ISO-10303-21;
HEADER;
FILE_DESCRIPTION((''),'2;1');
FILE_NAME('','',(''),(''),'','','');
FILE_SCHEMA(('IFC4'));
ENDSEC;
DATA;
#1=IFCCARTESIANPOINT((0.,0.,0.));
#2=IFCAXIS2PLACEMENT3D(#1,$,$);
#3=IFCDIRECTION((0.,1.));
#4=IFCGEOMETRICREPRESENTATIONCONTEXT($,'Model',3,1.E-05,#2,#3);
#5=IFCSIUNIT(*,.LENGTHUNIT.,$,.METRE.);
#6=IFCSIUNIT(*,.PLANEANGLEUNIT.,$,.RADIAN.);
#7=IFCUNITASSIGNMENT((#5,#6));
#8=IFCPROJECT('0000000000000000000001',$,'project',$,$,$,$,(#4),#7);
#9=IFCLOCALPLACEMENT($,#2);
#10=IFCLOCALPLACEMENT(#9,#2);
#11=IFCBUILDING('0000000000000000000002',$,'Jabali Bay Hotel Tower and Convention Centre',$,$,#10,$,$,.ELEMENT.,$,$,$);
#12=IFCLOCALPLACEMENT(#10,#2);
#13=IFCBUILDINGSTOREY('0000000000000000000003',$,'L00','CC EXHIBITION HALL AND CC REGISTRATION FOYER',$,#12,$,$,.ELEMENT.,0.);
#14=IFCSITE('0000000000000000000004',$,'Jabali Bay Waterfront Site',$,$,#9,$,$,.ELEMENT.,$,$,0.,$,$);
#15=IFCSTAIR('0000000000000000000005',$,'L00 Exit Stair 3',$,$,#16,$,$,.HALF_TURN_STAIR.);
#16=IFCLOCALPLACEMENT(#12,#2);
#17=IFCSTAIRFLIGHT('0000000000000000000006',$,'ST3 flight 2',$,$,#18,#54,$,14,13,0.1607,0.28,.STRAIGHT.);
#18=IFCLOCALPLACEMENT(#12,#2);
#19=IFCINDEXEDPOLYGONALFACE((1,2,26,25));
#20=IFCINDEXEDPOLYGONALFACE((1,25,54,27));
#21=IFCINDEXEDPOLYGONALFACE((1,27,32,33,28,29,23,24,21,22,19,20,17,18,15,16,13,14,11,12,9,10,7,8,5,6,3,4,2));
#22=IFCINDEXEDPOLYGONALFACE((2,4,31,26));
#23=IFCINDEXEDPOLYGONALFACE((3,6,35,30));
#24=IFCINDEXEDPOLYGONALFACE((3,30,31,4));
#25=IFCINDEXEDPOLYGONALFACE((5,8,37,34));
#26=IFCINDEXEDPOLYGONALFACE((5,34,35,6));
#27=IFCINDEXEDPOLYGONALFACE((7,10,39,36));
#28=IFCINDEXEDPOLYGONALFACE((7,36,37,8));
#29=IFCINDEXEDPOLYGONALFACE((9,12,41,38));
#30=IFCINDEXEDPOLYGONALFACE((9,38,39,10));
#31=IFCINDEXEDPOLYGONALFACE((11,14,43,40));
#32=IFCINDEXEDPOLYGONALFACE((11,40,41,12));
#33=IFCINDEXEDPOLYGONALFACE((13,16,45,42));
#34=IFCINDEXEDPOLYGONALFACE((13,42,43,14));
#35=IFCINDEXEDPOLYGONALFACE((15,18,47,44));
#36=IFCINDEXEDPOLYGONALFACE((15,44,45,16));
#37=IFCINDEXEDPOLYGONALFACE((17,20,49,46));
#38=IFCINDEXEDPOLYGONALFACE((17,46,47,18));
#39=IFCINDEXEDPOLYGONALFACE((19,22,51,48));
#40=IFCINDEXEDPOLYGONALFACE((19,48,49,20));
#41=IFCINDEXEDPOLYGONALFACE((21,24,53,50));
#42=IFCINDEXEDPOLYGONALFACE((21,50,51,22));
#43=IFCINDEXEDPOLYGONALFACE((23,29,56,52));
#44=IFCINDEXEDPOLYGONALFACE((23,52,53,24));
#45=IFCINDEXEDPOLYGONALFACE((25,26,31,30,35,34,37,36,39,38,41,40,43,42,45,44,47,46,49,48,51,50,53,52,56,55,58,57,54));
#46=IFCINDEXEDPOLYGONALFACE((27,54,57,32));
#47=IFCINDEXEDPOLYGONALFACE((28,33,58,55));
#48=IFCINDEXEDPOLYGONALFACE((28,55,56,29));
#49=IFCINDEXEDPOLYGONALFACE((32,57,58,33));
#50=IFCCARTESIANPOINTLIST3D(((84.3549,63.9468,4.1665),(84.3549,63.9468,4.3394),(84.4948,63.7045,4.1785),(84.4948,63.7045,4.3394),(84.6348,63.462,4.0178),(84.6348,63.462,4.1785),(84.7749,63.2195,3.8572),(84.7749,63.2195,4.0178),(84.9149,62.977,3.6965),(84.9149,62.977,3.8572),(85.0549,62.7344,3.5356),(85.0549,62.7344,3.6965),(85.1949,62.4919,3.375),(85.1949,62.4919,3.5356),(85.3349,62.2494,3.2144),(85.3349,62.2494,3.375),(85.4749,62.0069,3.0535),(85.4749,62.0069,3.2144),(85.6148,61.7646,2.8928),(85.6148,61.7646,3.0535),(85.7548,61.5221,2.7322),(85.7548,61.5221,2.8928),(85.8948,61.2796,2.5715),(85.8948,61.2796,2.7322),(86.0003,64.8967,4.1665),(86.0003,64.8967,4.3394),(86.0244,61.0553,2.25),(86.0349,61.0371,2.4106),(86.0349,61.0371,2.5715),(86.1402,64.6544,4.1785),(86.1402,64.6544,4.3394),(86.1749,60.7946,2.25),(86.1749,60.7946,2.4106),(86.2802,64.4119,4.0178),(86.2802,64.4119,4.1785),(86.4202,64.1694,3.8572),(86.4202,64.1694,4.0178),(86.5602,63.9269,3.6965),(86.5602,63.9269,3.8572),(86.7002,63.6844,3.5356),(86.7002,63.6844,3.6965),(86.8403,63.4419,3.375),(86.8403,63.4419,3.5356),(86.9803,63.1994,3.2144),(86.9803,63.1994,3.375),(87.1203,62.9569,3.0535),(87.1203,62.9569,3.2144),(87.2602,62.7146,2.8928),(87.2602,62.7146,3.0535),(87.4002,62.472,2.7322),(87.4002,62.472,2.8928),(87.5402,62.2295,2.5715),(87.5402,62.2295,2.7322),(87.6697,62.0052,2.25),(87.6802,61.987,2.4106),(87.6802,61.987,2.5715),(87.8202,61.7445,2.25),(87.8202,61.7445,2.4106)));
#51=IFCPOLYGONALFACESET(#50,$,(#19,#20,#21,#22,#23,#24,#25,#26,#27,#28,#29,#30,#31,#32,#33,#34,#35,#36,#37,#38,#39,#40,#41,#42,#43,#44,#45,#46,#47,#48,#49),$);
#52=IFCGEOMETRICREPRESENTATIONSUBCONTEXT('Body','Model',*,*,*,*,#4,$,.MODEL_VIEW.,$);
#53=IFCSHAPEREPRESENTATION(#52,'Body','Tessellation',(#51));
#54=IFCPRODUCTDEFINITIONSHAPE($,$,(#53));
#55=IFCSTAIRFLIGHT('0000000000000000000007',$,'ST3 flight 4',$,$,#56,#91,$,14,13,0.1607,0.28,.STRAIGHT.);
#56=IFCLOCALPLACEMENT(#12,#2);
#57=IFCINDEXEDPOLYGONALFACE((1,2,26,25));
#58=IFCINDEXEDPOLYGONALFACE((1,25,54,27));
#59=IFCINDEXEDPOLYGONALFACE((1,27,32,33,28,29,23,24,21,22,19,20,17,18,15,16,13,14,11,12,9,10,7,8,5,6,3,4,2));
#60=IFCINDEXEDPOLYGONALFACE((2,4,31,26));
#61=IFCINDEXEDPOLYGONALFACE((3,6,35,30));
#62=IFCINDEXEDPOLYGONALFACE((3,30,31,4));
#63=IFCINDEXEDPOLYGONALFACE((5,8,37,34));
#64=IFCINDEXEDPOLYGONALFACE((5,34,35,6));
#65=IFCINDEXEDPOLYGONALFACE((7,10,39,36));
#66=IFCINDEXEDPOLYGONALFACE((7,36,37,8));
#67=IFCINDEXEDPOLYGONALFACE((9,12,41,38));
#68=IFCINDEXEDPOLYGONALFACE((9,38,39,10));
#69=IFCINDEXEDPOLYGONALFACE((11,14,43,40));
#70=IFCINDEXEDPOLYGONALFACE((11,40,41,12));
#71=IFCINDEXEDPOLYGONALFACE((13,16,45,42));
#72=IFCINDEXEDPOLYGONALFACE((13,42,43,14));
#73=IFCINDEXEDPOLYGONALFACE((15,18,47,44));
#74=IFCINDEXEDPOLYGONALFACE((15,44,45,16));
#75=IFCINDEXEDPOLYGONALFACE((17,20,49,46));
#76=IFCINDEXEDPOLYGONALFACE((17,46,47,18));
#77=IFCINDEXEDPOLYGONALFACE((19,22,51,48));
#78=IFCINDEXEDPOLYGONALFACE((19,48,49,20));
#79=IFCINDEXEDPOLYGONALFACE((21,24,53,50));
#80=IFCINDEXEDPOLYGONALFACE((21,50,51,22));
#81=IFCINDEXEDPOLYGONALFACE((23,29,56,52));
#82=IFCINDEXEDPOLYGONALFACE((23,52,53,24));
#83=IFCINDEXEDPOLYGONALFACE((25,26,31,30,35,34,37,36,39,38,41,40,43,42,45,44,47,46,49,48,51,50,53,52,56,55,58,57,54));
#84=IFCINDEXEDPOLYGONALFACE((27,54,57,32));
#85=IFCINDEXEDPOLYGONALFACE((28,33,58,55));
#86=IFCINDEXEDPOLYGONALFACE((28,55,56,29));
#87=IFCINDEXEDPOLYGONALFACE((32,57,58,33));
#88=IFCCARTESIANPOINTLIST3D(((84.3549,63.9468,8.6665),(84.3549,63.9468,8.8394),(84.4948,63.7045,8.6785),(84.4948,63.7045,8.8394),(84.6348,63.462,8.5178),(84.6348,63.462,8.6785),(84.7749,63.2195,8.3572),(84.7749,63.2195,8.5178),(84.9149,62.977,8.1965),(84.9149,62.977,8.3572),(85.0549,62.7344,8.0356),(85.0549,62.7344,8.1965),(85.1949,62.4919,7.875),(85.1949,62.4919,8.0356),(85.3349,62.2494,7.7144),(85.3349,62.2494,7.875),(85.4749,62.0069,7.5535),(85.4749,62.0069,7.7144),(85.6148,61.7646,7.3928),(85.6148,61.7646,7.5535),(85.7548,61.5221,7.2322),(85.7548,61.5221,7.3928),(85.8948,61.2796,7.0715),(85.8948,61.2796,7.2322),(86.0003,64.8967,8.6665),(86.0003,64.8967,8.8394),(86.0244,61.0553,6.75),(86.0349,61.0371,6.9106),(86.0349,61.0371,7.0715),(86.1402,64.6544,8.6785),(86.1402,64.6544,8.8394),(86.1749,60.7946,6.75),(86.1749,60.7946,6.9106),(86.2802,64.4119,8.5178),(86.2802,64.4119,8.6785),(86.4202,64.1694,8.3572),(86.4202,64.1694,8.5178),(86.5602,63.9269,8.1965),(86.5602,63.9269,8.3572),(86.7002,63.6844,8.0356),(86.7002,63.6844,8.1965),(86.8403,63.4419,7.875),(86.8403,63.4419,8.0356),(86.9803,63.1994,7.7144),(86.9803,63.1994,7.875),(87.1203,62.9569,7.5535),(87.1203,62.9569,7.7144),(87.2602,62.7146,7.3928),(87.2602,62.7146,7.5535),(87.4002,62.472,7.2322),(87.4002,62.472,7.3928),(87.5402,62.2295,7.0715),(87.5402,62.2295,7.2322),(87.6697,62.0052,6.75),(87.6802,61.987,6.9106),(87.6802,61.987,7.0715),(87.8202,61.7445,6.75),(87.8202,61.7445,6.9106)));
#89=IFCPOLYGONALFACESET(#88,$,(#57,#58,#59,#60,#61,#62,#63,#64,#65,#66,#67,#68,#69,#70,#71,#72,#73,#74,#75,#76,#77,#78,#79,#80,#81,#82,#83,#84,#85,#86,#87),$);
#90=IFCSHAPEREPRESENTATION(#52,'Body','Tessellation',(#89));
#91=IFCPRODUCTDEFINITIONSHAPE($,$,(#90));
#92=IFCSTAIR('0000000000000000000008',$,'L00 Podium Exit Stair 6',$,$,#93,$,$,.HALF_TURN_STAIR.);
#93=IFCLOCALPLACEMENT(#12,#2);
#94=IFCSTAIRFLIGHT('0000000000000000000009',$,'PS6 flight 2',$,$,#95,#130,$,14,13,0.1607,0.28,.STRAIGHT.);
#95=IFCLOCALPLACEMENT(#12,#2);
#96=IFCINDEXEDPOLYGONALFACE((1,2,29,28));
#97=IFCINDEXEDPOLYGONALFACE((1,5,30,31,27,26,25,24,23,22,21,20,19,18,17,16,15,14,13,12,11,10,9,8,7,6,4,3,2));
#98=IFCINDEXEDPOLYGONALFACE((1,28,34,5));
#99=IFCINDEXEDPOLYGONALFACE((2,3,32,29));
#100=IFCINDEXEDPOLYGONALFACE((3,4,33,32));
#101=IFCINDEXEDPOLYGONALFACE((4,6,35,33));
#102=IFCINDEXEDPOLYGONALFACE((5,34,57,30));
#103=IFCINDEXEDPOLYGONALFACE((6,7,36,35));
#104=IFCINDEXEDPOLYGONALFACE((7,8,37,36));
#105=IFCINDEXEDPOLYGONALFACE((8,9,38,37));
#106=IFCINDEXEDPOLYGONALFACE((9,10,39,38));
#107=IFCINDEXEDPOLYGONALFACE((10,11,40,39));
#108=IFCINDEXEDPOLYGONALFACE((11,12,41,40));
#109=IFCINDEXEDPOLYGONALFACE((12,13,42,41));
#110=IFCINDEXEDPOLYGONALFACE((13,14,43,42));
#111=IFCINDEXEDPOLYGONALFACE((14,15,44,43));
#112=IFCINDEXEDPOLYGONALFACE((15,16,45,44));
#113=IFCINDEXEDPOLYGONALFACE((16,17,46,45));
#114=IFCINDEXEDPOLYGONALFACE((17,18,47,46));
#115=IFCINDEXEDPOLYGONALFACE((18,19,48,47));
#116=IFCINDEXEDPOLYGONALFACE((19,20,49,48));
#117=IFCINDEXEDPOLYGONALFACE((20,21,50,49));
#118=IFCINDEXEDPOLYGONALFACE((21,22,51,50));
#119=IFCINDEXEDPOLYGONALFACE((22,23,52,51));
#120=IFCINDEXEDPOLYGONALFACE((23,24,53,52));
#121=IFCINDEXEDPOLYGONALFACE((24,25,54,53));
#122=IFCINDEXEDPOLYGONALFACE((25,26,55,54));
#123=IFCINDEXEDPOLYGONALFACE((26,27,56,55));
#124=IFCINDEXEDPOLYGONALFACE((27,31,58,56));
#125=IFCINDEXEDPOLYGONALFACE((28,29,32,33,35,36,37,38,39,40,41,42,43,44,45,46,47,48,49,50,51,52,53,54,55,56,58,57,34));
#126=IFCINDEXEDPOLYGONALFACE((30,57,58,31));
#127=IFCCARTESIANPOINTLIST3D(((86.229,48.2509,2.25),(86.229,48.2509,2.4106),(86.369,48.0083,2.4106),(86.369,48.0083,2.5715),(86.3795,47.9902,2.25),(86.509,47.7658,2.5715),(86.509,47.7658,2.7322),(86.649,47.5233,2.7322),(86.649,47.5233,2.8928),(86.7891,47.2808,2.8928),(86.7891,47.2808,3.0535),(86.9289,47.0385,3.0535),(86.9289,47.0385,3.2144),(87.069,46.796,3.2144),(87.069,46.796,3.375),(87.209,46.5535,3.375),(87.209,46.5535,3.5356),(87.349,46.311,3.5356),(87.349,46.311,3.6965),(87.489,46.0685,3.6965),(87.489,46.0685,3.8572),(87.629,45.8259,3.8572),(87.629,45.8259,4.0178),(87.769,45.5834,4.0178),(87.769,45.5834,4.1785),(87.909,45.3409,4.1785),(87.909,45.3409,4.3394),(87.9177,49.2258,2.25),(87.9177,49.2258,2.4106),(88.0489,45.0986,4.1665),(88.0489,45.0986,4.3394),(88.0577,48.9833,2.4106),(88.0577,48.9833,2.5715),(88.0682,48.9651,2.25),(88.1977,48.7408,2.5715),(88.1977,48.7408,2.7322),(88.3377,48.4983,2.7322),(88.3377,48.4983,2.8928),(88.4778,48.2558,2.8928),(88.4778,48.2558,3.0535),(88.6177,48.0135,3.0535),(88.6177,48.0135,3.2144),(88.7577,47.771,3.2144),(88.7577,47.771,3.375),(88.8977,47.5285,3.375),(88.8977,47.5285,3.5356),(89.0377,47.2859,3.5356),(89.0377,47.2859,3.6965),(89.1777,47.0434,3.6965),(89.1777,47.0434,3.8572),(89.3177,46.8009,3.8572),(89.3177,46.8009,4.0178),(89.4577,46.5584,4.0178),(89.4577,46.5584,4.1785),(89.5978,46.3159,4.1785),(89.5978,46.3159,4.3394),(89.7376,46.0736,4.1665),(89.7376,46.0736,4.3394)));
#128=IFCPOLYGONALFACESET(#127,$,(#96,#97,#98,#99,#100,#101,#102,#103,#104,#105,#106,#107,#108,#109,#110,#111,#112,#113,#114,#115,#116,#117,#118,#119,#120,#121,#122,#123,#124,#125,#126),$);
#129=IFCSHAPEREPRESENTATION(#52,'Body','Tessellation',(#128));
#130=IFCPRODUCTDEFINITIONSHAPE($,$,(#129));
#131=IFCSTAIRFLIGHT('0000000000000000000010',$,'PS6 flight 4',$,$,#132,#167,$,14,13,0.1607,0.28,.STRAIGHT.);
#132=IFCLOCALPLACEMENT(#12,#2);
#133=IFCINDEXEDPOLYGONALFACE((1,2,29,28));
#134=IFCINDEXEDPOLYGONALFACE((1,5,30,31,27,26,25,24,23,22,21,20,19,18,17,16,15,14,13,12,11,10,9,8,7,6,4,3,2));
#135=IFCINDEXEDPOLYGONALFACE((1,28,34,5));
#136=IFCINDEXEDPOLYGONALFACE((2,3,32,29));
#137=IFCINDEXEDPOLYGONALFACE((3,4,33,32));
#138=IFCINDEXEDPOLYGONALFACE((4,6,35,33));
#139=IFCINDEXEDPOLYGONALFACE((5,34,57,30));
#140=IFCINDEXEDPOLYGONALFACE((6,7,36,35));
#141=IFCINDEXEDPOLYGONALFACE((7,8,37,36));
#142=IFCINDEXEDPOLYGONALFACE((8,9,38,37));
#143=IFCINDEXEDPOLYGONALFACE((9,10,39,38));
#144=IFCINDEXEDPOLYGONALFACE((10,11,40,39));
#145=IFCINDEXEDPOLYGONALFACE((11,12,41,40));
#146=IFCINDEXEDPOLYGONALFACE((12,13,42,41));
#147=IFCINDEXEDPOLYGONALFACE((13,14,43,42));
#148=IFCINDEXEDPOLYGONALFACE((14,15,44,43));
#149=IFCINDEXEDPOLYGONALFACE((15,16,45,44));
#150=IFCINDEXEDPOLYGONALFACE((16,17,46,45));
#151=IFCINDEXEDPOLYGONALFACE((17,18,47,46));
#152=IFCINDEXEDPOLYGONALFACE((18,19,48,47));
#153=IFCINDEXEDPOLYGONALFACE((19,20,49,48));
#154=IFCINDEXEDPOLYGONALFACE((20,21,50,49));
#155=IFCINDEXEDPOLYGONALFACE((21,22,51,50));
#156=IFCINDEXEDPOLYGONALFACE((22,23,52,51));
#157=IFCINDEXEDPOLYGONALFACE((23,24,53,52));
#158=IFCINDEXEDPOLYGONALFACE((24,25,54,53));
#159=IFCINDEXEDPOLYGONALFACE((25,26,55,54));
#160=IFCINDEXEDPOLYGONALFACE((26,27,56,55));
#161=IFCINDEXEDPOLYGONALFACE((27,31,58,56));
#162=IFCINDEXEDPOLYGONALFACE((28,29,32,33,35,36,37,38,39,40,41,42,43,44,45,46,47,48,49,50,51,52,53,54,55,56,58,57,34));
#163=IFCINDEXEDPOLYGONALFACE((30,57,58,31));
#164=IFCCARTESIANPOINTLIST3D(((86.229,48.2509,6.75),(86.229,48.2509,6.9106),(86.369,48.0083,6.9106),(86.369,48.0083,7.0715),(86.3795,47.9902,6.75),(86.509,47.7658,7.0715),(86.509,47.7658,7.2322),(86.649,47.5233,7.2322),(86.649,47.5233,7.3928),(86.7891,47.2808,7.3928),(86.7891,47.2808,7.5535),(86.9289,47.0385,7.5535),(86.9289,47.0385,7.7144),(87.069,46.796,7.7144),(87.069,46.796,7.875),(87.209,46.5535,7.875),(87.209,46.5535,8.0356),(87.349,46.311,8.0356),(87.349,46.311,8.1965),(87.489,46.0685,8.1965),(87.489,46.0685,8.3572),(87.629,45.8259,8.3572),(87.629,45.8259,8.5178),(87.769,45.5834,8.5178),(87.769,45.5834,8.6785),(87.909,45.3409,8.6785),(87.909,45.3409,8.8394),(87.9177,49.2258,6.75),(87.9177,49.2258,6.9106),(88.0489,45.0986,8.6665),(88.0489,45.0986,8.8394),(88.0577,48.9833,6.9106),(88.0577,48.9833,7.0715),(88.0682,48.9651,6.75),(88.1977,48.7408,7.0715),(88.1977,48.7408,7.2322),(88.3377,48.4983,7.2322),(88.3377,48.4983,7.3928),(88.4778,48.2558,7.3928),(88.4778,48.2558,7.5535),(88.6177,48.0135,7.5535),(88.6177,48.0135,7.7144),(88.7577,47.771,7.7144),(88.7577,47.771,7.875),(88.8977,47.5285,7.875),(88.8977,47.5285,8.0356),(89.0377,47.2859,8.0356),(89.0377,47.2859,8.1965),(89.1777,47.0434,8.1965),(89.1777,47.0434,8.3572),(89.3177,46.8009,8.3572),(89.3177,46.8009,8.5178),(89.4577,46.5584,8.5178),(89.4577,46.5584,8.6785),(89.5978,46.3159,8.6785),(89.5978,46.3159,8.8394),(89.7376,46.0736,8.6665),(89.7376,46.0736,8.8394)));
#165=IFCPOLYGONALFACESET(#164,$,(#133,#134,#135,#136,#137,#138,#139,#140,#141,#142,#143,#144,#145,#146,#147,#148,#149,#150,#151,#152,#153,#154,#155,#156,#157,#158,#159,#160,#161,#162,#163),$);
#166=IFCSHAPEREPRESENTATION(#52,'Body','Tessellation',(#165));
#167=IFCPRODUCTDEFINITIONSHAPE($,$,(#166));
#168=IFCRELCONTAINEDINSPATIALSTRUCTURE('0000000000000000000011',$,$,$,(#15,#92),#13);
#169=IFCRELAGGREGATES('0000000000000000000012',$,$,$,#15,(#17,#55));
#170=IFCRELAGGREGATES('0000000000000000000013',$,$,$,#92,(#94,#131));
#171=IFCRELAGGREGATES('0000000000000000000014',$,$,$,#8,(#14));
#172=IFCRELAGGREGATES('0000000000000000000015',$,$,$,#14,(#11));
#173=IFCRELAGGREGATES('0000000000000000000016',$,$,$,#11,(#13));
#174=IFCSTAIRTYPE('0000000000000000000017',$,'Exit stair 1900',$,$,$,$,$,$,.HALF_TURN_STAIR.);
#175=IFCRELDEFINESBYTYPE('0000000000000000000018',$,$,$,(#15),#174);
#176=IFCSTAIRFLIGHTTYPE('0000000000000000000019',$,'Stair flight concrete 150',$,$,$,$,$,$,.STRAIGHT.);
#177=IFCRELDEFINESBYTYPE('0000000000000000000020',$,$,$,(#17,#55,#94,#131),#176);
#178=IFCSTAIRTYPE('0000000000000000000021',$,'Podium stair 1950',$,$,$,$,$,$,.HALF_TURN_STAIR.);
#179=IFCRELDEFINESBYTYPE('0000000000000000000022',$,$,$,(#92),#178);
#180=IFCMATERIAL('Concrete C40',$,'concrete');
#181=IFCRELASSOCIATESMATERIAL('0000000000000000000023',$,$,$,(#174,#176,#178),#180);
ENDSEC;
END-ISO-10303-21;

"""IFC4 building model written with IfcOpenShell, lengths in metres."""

from ifc_helpers import new_model, si_unit, direction, frame, origin, place, context, subcontext, project, spatial, polyline, outline, extrude, material, type_object, element, aggregate, save


model = new_model("IFC4")

# Units and contexts
model_context = context("Model", 3, precision=1e-05, world=origin(), true_north=direction((0.0, 1.0)))
body_context = subcontext(model_context, "Body", "Model", "MODEL_VIEW")
ifc_project = project(units=[si_unit("LENGTHUNIT", "METRE"), si_unit("PLANEANGLEUNIT", "RADIAN")], contexts=[model_context])

# Site, building, storey
site_placement = place(None, origin())
site = spatial("IfcSite", under=ifc_project, at=site_placement, Name="Jabali Bay Waterfront Site", CompositionType="ELEMENT", RefElevation=0.0)
building_placement = place(site_placement, origin())
building = spatial("IfcBuilding", under=site, at=building_placement, Name="Jabali Bay Hotel Tower and Convention Centre", CompositionType="ELEMENT")
storey_placement = place(building_placement, origin())
storey = spatial("IfcBuildingStorey", under=building, at=storey_placement, Name="L00", Description="CC EXHIBITION HALL AND CC REGISTRATION FOYER", CompositionType="ELEMENT", Elevation=0.0)

# Shared definitions
ifc_material_1 = material(Name="Concrete C40", Category="concrete")

# Stairs, stair flights
stair_type_1 = type_object("IfcStairType", Name="Exit stair 1900", PredefinedType="HALF_TURN_STAIR", material=ifc_material_1)
stair_1_placement = place(storey_placement, origin())
stair_1 = element("IfcStair", 1, at=stair_1_placement, inside=storey, type_object=stair_type_1, Name="L00 Exit Stair 3", PredefinedType="HALF_TURN_STAIR")
stair_flight_type = type_object("IfcStairFlightType", Name="Stair flight concrete 150", PredefinedType="STRAIGHT", material=ifc_material_1)
stair_flight_1_placement = place(storey_placement, frame((86.9976, 61.2695, 2.25), z_axis=(0.0, 0.0, 1.0), x_axis=(-0.5, 0.866025, 0.0)))
stair_flight_1 = element("IfcStairFlight", 2, at=stair_flight_1_placement, type_object=stair_flight_type, Name="ST3 flight 2", NumberOfRisers=14, NumberOfTreads=13, PredefinedType="STRAIGHT", RiserHeight=0.1607, TreadLength=0.28, context=body_context, shape_type="SweptSolid", body=[
    extrude(outline(polyline([(0.0, 0.0), (0.0, 0.1606), (0.28, 0.1606), (0.28, 0.3215), (0.5601, 0.3215), (0.5601, 0.4822), (0.8401, 0.4822), (0.8401, 0.6428), (1.1201, 0.6428), (1.1201, 0.8035), (1.3999, 0.8035), (1.3999, 0.9644), (1.6799, 0.9644), (1.6799, 1.125), (1.96, 1.125), (1.96, 1.2856), (2.24, 1.2856), (2.24, 1.4465), (2.52, 1.4465), (2.52, 1.6072), (2.8, 1.6072), (2.8, 1.7678), (3.0801, 1.7678), (3.0801, 1.9285), (3.3601, 1.9285), (3.3601, 2.0894), (3.6399, 2.0894), (3.6399, 2.25), (3.6399, 1.9165), (0.301, 0.0), (0.0, 0.0)])), frame((0.0, 0.95, 0.0), z_axis=(0.0, -1.0, 0.0), x_axis=(1.0, 0.0, 0.0)), (0.0, 0.0, 1.0), 1.8999),
])
stair_flight_2_placement = place(storey_placement, frame((86.9976, 61.2695, 6.75), z_axis=(0.0, 0.0, 1.0), x_axis=(-0.5, 0.866025, 0.0)))
stair_flight_2 = element("IfcStairFlight", 3, at=stair_flight_2_placement, type_object=stair_flight_type, Name="ST3 flight 4", NumberOfRisers=14, NumberOfTreads=13, PredefinedType="STRAIGHT", RiserHeight=0.1607, TreadLength=0.28, context=body_context, shape_type="SweptSolid", body=[
    extrude(outline(polyline([(0.0, 0.0), (0.0, 0.1606), (0.28, 0.1606), (0.28, 0.3215), (0.5601, 0.3215), (0.5601, 0.4822), (0.8401, 0.4822), (0.8401, 0.6428), (1.1201, 0.6428), (1.1201, 0.8035), (1.3999, 0.8035), (1.3999, 0.9644), (1.6799, 0.9644), (1.6799, 1.125), (1.96, 1.125), (1.96, 1.2856), (2.24, 1.2856), (2.24, 1.4465), (2.52, 1.4465), (2.52, 1.6072), (2.8, 1.6072), (2.8, 1.7678), (3.0801, 1.7678), (3.0801, 1.9285), (3.3601, 1.9285), (3.3601, 2.0894), (3.6399, 2.0894), (3.6399, 2.25), (3.6399, 1.9165), (0.301, 0.0), (0.0, 0.0)])), frame((0.0, 0.95, 0.0), z_axis=(0.0, -1.0, 0.0), x_axis=(1.0, 0.0, 0.0)), (0.0, 0.0, 1.0), 1.8999),
])
aggregate(stair_1, [stair_flight_1, stair_flight_2])
stair_type_2 = type_object("IfcStairType", Name="Podium stair 1950", PredefinedType="HALF_TURN_STAIR", material=ifc_material_1)
stair_2_placement = place(storey_placement, origin())
stair_2 = element("IfcStair", 4, at=stair_2_placement, inside=storey, type_object=stair_type_2, Name="L00 Podium Exit Stair 6", PredefinedType="HALF_TURN_STAIR")
stair_flight_3_placement = place(storey_placement, frame((87.0732, 48.7383, 2.25), z_axis=(0.0, 0.0, 1.0), x_axis=(0.5, -0.866025, 0.0)))
stair_flight_3 = element("IfcStairFlight", 5, at=stair_flight_3_placement, type_object=stair_flight_type, Name="PS6 flight 2", NumberOfRisers=14, NumberOfTreads=13, PredefinedType="STRAIGHT", RiserHeight=0.1607, TreadLength=0.28, context=body_context, shape_type="SweptSolid", body=[
    extrude(outline(polyline([(0.0, 0.0), (0.0, 0.1606), (0.28, 0.1606), (0.28, 0.3215), (0.5601, 0.3215), (0.5601, 0.4822), (0.8401, 0.4822), (0.8401, 0.6428), (1.1201, 0.6428), (1.1201, 0.8035), (1.3999, 0.8035), (1.3999, 0.9644), (1.6799, 0.9644), (1.6799, 1.125), (1.96, 1.125), (1.96, 1.2856), (2.24, 1.2856), (2.24, 1.4465), (2.52, 1.4465), (2.52, 1.6072), (2.8, 1.6072), (2.8, 1.7678), (3.0801, 1.7678), (3.0801, 1.9285), (3.3601, 1.9285), (3.3601, 2.0894), (3.6399, 2.0894), (3.6399, 2.25), (3.6399, 1.9165), (0.301, 0.0), (0.0, 0.0)])), frame((0.0, 0.9751, 0.0), z_axis=(0.0, -1.0, 0.0), x_axis=(1.0, 0.0, 0.0)), (0.0, 0.0, 1.0), 1.95),
])
stair_flight_4_placement = place(storey_placement, frame((87.0732, 48.7383, 6.75), z_axis=(0.0, 0.0, 1.0), x_axis=(0.5, -0.866025, 0.0)))
stair_flight_4 = element("IfcStairFlight", 6, at=stair_flight_4_placement, type_object=stair_flight_type, Name="PS6 flight 4", NumberOfRisers=14, NumberOfTreads=13, PredefinedType="STRAIGHT", RiserHeight=0.1607, TreadLength=0.28, context=body_context, shape_type="SweptSolid", body=[
    extrude(outline(polyline([(0.0, 0.0), (0.0, 0.1606), (0.28, 0.1606), (0.28, 0.3215), (0.5601, 0.3215), (0.5601, 0.4822), (0.8401, 0.4822), (0.8401, 0.6428), (1.1201, 0.6428), (1.1201, 0.8035), (1.3999, 0.8035), (1.3999, 0.9644), (1.6799, 0.9644), (1.6799, 1.125), (1.96, 1.125), (1.96, 1.2856), (2.24, 1.2856), (2.24, 1.4465), (2.52, 1.4465), (2.52, 1.6072), (2.8, 1.6072), (2.8, 1.7678), (3.0801, 1.7678), (3.0801, 1.9285), (3.3601, 1.9285), (3.3601, 2.0894), (3.6399, 2.0894), (3.6399, 2.25), (3.6399, 1.9165), (0.301, 0.0), (0.0, 0.0)])), frame((0.0, 0.9751, 0.0), z_axis=(0.0, -1.0, 0.0), x_axis=(1.0, 0.0, 0.0)), (0.0, 0.0, 1.0), 1.95),
])
aggregate(stair_2, [stair_flight_3, stair_flight_4])

save(model, "model.ifc")
